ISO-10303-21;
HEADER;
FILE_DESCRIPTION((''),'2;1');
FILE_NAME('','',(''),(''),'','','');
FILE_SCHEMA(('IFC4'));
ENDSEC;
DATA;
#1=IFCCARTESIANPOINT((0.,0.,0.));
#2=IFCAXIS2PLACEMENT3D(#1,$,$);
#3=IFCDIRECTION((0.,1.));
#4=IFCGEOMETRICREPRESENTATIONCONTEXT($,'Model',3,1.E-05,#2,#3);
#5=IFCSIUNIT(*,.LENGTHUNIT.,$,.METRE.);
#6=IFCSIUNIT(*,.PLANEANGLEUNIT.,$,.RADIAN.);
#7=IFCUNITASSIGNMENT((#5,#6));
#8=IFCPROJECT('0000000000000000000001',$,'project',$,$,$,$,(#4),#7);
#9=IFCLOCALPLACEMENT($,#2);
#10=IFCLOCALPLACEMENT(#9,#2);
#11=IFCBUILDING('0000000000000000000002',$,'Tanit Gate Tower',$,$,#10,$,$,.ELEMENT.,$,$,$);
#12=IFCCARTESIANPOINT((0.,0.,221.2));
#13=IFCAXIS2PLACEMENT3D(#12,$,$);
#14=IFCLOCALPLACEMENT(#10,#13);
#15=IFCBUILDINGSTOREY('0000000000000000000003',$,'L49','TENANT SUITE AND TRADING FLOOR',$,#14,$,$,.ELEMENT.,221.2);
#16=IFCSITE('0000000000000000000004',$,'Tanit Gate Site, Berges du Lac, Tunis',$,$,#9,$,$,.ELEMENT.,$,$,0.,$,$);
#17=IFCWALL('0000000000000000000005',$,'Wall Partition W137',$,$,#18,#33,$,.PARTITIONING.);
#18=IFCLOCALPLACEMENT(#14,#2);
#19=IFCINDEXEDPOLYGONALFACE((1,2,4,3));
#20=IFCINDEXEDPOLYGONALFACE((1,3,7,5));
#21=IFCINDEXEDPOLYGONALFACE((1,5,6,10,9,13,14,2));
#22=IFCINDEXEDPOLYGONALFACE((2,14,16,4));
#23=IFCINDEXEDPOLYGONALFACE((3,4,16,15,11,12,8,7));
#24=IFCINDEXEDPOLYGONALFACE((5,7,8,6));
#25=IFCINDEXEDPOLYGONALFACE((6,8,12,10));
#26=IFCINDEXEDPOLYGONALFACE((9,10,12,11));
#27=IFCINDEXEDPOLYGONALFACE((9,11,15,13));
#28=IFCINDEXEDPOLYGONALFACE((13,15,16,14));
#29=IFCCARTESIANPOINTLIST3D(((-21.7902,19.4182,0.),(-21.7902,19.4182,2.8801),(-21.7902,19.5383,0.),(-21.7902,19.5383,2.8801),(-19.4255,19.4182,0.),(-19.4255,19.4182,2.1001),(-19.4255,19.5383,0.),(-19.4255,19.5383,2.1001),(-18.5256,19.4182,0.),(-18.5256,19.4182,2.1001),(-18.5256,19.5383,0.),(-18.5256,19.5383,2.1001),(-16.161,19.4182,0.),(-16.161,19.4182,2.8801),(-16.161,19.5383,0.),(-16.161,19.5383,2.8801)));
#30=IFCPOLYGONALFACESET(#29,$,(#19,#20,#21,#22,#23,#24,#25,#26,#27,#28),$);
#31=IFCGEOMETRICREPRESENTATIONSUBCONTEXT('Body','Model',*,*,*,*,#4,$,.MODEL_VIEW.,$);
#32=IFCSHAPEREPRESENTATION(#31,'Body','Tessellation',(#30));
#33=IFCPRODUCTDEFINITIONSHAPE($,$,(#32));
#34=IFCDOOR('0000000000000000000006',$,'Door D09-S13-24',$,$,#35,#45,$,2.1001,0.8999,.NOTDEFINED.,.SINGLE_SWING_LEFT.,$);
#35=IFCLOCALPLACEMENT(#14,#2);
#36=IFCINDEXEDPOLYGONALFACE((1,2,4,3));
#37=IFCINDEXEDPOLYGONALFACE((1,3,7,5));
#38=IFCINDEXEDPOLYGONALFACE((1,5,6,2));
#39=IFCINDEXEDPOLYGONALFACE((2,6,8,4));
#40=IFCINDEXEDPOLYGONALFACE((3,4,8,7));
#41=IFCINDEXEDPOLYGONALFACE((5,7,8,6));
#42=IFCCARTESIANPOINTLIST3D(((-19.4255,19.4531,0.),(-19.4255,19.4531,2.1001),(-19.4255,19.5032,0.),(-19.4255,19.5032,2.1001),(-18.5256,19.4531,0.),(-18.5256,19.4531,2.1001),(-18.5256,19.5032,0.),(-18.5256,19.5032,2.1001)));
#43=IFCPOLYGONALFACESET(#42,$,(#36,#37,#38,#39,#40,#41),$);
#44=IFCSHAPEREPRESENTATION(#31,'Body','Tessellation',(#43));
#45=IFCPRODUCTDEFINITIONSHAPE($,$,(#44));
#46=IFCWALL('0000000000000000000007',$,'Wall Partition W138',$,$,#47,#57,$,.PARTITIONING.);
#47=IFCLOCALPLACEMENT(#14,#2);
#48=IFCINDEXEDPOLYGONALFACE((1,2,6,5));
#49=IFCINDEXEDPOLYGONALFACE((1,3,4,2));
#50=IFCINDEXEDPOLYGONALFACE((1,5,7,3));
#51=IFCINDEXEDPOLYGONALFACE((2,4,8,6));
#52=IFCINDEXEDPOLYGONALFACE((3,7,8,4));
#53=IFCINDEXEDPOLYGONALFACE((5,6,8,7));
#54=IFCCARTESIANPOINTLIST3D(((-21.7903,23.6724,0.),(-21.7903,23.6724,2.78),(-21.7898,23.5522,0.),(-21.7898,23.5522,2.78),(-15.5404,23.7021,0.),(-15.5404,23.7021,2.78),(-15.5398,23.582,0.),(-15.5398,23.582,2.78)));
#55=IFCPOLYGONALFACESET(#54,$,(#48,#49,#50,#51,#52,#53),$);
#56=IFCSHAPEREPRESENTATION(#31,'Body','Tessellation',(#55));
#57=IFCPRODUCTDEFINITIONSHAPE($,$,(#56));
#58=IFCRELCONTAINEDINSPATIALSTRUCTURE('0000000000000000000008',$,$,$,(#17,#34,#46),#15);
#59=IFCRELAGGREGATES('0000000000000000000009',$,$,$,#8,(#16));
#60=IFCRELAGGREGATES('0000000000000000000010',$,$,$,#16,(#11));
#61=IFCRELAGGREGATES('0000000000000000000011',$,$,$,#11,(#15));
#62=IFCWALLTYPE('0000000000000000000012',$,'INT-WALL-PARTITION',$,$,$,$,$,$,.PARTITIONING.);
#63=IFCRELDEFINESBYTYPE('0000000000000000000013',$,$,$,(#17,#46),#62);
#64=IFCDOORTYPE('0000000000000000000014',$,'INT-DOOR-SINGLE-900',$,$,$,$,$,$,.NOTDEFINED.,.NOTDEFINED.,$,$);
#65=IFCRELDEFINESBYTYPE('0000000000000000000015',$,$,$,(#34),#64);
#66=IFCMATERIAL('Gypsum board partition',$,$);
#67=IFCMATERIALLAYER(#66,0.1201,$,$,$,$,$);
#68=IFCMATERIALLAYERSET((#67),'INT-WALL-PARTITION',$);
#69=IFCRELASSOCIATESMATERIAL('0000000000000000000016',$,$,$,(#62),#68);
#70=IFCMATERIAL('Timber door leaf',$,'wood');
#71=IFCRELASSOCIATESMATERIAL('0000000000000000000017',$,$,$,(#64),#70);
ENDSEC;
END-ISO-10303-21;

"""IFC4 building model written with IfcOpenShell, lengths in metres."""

from ifc_helpers import new_model, si_unit, direction, frame, frame_2d, origin, place, context, subcontext, project, spatial, rectangle, extrude, material, layer, layer_set, type_object, element, fill, save


model = new_model("IFC4")

# Units and contexts
model_context = context("Model", 3, precision=1e-05, world=origin(), true_north=direction((0.0, 1.0)))
body_context = subcontext(model_context, "Body", "Model", "MODEL_VIEW")
ifc_project = project(units=[si_unit("LENGTHUNIT", "METRE"), si_unit("PLANEANGLEUNIT", "RADIAN")], contexts=[model_context])

# Site, building, storey
site_placement = place(None, origin())
site = spatial("IfcSite", under=ifc_project, at=site_placement, Name="Tanit Gate Site, Berges du Lac, Tunis", CompositionType="ELEMENT", RefElevation=0.0)
building_placement = place(site_placement, origin())
building = spatial("IfcBuilding", under=site, at=building_placement, Name="Tanit Gate Tower", CompositionType="ELEMENT")
storey_placement = place(building_placement, frame((0.0, 0.0, 221.2)))
storey = spatial("IfcBuildingStorey", under=building, at=storey_placement, Name="L49", Description="TENANT SUITE AND TRADING FLOOR", CompositionType="ELEMENT", Elevation=221.2)

# Wall, opening, door
ifc_material_1 = material(Name="Gypsum board partition")
ifc_layer_1 = layer(ifc_material_1, 0.1201)
ifc_layer_set_1 = layer_set([ifc_layer_1], Name="INT-WALL-PARTITION")
wall_type_1 = type_object("IfcWallType", Name="INT-WALL-PARTITION", PredefinedType="PARTITIONING", material=ifc_layer_set_1)
wall_1_placement = place(storey_placement, frame((-21.79, 19.4783, 0.0), z_axis=(0.0, 0.0, 1.0), x_axis=(1.0, 0.0, 0.0)))
wall_1 = element("IfcWall", 1, at=wall_1_placement, inside=storey, type_object=wall_type_1, Name="Wall Partition W137", PredefinedType="PARTITIONING", context=body_context, shape_type="SweptSolid", body=[
    extrude(rectangle(XDim=5.6292, YDim=0.1201, at=frame_2d((2.8145, 0.0))), origin(), (0.0, 0.0, 1.0), 2.8801),
])
opening_placement = place(wall_1_placement, frame((2.3645, 0.0, 0.0)))
opening = element("IfcOpeningElement", 2, at=opening_placement, cuts=wall_1, PredefinedType="OPENING", context=body_context, shape_type="SweptSolid", body=[
    extrude(rectangle(XDim=0.8999, YDim=2.1001, at=frame_2d((0.45, 1.05))), frame((0.0, 0.0701, 0.0), z_axis=(0.0, -1.0, 0.0), x_axis=(1.0, 0.0, 0.0)), (0.0, 0.0, 1.0), 0.1401),
])
ifc_material_2 = material(Name="Timber door leaf", Category="wood")
door_type = type_object("IfcDoorType", Name="INT-DOOR-SINGLE-900", OperationType="NOTDEFINED", PredefinedType="NOTDEFINED", material=ifc_material_2)
door_placement = place(opening_placement, origin())
door = element("IfcDoor", 3, at=door_placement, inside=storey, type_object=door_type, Name="Door D09-S13-24", OperationType="SINGLE_SWING_LEFT", OverallHeight=2.1001, OverallWidth=0.8999, PredefinedType="NOTDEFINED", context=body_context, shape_type="SweptSolid", body=[
    extrude(rectangle(XDim=0.8999, YDim=2.1001, at=frame_2d((0.45, 1.05))), frame((0.0, 0.0249, 0.0), z_axis=(0.0, -1.0, 0.0), x_axis=(1.0, 0.0, 0.0)), (0.0, 0.0, 1.0), 0.05),
])
fill(opening, door)

# Wall
wall_2_placement = place(storey_placement, frame((-21.79, 23.6123, 0.0), z_axis=(0.0, 0.0, 1.0), x_axis=(0.999989, 0.004766, 0.0)))
element("IfcWall", 4, at=wall_2_placement, inside=storey, type_object=wall_type_1, Name="Wall Partition W138", PredefinedType="PARTITIONING", context=body_context, shape_type="SweptSolid", body=[
    extrude(rectangle(XDim=6.25, YDim=0.1201, at=frame_2d((3.125, 0.0))), origin(), (0.0, 0.0, 1.0), 2.78),
])

save(model, "model.ifc")
